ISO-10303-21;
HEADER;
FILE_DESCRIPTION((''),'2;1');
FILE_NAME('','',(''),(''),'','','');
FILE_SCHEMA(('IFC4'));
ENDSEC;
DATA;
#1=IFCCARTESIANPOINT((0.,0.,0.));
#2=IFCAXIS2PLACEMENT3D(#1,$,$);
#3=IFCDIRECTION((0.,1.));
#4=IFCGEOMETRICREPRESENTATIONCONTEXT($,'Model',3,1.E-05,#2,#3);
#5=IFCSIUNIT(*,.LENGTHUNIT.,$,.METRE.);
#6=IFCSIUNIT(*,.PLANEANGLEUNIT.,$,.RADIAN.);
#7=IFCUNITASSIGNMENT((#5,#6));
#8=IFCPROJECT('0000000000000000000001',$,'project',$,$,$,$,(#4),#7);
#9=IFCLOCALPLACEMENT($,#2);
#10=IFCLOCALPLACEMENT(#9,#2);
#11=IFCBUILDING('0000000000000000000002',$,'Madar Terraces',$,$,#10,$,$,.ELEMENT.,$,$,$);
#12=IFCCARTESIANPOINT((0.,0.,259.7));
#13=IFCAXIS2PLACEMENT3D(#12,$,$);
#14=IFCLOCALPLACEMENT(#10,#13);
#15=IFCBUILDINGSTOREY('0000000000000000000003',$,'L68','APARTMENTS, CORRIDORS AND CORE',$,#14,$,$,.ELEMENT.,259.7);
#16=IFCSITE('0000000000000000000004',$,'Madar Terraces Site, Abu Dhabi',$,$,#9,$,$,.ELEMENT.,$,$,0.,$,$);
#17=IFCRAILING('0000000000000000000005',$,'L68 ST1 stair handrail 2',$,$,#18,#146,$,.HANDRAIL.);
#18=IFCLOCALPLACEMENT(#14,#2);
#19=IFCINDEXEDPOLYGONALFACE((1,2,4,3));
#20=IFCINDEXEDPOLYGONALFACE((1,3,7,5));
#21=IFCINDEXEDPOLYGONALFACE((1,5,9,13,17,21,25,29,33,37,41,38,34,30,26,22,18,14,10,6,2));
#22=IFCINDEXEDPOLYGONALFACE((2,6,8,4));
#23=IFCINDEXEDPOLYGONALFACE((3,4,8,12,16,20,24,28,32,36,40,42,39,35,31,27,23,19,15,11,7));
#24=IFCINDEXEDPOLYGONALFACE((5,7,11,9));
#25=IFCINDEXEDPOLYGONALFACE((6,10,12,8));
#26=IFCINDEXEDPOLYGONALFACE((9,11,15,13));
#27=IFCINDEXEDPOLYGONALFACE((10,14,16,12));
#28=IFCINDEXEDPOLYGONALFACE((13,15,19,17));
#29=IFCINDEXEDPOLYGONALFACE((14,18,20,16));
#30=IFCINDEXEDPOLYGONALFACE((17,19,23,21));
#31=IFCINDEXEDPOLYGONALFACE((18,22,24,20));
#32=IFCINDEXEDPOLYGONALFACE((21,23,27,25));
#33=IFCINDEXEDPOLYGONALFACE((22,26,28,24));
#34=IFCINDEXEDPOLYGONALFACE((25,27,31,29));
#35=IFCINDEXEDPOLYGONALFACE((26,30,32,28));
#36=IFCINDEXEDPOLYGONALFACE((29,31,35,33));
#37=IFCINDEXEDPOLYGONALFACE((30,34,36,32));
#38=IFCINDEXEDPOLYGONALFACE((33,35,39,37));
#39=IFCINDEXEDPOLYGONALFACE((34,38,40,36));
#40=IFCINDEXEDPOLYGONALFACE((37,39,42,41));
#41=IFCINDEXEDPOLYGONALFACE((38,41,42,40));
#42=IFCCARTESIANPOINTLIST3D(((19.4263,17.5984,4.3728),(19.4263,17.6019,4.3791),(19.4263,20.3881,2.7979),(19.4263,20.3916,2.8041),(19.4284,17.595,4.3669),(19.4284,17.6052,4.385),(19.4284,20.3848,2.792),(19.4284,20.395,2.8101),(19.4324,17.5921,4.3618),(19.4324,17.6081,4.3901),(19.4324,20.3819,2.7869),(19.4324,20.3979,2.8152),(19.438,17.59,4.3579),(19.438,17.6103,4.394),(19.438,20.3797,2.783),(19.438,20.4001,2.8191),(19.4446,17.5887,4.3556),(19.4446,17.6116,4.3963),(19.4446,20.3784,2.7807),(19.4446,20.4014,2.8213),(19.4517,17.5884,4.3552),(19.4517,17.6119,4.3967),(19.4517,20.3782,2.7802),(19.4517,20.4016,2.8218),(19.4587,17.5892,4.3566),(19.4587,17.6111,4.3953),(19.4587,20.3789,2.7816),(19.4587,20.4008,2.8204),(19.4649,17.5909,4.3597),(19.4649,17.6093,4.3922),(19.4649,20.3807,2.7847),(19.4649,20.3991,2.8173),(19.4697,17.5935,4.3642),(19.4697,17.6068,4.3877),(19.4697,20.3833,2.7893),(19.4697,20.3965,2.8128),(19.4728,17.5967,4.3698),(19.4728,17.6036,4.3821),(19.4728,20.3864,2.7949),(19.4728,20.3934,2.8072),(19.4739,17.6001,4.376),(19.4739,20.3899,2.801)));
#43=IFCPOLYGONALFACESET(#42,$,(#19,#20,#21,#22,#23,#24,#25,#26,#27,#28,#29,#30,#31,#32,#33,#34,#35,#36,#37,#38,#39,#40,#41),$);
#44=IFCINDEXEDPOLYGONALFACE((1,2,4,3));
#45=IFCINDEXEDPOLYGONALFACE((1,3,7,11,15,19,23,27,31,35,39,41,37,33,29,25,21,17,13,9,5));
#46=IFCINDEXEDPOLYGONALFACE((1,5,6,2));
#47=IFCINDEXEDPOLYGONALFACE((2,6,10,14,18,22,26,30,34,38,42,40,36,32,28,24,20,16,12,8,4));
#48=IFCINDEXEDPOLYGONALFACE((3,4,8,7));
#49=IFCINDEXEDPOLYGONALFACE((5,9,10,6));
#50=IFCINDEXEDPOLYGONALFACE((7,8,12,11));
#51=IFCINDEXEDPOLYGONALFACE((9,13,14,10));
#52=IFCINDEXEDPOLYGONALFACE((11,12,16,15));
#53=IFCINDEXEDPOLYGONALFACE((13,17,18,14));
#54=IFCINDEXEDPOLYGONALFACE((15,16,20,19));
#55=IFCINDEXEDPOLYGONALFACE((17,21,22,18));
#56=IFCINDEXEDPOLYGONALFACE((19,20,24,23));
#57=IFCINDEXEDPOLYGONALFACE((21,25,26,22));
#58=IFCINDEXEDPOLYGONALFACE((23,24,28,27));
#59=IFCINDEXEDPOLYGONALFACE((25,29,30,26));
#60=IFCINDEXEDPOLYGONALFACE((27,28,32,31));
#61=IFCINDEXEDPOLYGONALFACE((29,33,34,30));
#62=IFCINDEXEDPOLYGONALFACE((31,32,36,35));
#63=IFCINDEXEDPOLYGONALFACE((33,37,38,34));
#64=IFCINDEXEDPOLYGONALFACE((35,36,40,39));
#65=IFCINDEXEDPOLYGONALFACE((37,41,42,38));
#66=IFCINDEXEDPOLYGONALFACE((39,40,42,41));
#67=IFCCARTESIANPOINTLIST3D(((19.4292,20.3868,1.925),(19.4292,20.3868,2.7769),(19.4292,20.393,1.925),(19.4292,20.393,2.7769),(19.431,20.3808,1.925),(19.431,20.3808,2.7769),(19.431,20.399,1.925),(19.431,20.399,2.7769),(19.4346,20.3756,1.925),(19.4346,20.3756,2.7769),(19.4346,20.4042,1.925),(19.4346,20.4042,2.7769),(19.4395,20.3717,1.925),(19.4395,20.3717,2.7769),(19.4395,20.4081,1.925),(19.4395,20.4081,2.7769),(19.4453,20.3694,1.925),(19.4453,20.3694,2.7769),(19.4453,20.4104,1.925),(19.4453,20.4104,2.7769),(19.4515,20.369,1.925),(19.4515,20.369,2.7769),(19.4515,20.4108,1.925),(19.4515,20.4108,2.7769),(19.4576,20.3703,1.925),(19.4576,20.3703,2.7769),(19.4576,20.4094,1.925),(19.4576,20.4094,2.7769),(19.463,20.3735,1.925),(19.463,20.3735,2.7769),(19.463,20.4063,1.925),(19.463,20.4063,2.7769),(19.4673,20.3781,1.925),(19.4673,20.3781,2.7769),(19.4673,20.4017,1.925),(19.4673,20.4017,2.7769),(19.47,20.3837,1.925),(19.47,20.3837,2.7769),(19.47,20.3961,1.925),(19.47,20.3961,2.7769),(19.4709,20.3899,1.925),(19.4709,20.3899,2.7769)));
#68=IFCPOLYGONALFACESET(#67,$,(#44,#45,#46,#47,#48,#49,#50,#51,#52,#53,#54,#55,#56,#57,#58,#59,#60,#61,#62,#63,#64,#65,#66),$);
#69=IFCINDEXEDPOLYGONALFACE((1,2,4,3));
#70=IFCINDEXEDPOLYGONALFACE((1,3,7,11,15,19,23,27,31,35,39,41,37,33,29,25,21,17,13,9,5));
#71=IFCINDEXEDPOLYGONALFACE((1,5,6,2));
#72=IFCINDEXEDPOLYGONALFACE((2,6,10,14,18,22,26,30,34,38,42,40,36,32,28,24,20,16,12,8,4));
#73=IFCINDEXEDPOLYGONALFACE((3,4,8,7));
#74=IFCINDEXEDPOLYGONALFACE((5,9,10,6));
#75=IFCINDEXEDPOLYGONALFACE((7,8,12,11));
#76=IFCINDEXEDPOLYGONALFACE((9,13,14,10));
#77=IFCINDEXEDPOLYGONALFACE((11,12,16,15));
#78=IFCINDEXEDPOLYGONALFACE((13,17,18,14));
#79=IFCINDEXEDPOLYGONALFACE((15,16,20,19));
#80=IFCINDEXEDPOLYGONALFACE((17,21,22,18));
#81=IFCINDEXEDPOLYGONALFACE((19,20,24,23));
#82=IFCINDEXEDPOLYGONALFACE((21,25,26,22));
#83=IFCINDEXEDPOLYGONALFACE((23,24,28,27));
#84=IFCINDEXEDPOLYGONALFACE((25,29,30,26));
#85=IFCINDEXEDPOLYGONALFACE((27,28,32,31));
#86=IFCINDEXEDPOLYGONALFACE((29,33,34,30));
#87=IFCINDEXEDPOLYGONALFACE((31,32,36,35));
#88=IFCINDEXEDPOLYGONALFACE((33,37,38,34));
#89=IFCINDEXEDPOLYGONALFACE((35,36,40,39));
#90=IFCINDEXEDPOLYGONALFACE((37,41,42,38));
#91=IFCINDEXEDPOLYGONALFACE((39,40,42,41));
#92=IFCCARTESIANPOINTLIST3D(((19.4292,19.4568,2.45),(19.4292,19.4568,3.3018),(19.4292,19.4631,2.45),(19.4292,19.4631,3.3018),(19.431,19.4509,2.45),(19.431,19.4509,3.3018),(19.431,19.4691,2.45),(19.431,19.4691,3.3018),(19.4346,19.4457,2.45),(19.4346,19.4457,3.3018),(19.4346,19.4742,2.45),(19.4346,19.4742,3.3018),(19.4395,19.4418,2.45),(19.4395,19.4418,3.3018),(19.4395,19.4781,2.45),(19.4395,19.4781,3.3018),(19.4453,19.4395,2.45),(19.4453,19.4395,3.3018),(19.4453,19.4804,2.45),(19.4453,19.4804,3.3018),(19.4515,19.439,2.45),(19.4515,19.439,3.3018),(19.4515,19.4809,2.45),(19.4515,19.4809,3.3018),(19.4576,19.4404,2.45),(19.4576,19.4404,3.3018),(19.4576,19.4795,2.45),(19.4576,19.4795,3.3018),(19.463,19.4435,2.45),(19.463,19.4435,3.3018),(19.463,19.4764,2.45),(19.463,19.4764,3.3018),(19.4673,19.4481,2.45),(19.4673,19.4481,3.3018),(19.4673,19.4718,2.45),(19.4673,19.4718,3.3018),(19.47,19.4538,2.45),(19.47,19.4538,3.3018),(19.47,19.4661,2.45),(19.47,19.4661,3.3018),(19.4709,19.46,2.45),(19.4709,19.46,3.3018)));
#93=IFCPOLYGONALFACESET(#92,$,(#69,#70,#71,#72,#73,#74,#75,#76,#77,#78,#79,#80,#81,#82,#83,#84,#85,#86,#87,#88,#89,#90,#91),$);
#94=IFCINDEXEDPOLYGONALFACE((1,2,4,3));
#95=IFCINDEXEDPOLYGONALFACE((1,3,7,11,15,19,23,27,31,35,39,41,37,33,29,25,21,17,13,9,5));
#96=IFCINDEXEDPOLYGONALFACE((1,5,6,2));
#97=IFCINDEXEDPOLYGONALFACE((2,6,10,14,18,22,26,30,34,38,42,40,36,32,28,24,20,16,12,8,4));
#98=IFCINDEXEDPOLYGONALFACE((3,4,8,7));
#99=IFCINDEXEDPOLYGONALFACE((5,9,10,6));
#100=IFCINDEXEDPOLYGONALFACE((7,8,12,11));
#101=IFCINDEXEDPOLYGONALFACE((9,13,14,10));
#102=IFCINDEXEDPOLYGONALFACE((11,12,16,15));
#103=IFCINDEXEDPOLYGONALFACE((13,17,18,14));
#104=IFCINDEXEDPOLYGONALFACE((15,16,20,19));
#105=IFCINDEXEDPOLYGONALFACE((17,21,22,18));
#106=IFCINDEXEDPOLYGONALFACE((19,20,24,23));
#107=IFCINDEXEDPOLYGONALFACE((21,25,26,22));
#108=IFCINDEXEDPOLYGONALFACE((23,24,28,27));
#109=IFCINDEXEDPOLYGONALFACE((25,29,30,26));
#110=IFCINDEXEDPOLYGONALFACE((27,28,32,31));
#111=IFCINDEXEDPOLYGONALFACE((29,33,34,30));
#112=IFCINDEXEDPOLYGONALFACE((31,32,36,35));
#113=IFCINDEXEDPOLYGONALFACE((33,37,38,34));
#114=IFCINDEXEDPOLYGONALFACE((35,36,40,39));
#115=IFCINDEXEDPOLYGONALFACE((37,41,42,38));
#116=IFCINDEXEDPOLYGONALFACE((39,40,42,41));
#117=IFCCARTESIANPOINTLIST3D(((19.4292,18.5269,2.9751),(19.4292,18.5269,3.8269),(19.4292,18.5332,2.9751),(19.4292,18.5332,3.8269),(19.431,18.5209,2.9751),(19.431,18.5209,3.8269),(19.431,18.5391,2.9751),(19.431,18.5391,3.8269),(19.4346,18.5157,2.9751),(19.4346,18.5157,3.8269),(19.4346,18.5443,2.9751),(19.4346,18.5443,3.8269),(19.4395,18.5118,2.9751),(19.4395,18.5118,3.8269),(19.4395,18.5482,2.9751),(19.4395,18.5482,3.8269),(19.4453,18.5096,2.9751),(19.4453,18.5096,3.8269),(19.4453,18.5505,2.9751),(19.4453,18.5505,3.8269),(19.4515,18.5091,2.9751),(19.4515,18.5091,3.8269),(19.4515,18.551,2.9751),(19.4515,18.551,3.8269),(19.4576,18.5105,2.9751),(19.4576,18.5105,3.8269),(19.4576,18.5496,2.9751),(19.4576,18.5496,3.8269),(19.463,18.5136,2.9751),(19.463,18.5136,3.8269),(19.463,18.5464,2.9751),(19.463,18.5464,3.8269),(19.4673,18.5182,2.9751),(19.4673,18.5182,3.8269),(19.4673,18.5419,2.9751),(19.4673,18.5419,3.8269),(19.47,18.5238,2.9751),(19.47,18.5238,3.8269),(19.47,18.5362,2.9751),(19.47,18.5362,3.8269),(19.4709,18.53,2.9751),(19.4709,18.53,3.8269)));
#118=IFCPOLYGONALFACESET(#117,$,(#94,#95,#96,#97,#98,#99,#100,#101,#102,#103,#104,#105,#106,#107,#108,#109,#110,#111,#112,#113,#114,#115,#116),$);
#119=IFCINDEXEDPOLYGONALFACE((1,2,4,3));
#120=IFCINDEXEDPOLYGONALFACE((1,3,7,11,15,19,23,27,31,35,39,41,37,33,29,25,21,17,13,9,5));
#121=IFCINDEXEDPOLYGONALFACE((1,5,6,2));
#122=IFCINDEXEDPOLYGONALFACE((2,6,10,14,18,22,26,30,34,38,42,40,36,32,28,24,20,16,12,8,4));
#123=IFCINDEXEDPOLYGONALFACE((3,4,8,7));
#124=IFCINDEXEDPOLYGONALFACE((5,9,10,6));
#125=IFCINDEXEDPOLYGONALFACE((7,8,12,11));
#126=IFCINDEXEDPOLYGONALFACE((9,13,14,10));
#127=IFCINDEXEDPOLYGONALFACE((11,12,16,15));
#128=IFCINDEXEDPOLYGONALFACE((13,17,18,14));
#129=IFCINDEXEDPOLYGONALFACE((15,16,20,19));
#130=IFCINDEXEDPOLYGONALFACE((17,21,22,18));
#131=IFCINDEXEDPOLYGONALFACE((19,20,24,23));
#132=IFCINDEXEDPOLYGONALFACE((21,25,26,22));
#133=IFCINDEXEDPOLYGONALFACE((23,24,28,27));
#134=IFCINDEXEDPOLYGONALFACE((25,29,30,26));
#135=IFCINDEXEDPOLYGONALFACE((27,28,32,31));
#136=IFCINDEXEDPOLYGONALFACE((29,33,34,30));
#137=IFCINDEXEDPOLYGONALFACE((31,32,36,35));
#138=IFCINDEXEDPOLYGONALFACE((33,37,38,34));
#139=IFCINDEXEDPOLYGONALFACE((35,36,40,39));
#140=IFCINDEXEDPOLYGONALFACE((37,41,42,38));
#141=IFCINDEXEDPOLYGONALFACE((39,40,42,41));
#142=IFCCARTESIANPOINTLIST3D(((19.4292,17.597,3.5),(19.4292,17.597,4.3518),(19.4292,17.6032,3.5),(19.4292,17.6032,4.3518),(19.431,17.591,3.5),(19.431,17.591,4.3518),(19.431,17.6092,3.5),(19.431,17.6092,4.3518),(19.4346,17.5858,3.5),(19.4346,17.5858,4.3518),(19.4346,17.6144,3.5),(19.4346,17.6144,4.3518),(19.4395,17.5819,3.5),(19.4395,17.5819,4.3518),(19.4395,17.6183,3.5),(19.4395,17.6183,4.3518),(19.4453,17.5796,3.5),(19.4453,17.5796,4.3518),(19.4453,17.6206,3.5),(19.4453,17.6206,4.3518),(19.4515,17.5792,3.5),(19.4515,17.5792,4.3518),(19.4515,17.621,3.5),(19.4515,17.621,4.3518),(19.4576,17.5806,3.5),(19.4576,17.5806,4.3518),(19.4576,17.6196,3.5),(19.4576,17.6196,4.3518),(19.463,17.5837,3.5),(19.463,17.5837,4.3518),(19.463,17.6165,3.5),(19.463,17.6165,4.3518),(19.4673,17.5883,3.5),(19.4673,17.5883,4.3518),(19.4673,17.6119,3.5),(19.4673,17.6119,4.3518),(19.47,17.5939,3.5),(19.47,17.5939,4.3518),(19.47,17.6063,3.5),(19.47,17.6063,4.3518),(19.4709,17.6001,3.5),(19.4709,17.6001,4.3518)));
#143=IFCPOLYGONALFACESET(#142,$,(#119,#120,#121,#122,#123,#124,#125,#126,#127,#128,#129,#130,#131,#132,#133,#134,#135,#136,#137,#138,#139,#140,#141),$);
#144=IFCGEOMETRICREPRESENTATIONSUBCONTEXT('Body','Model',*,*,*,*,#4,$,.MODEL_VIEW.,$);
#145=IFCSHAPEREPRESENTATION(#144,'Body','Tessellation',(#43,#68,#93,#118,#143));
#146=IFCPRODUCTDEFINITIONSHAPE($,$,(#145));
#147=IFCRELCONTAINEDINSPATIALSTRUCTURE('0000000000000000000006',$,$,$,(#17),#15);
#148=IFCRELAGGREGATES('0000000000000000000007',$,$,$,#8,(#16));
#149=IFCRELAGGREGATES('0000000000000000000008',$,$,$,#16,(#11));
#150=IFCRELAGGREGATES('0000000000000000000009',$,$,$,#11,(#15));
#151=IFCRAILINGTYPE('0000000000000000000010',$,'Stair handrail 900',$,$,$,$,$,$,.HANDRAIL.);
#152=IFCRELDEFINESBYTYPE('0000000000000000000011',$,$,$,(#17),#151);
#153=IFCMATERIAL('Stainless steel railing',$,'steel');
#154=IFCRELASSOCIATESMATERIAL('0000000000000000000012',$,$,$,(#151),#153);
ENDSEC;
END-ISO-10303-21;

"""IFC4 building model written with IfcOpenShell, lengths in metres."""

from ifc_helpers import new_model, si_unit, direction, frame, origin, origin_2d, place, context, subcontext, project, spatial, circle, extrude, material, type_object, element, save


model = new_model("IFC4")

# Units and contexts
model_context = context("Model", 3, precision=1e-05, world=origin(), true_north=direction((0.0, 1.0)))
body_context = subcontext(model_context, "Body", "Model", "MODEL_VIEW")
ifc_project = project(units=[si_unit("LENGTHUNIT", "METRE"), si_unit("PLANEANGLEUNIT", "RADIAN")], contexts=[model_context])

# Site, building, storey
site_placement = place(None, origin())
site = spatial("IfcSite", under=ifc_project, at=site_placement, Name="Madar Terraces Site, Abu Dhabi", CompositionType="ELEMENT", RefElevation=0.0)
building_placement = place(site_placement, origin())
building = spatial("IfcBuilding", under=site, at=building_placement, Name="Madar Terraces", CompositionType="ELEMENT")
storey_placement = place(building_placement, frame((0.0, 0.0, 259.7)))
storey = spatial("IfcBuildingStorey", under=building, at=storey_placement, Name="L68", Description="APARTMENTS, CORRIDORS AND CORE", CompositionType="ELEMENT", Elevation=259.7)

# Railing
ifc_material_1 = material(Name="Stainless steel railing", Category="steel")
railing_type_1 = type_object("IfcRailingType", Name="Stair handrail 900", PredefinedType="HANDRAIL", material=ifc_material_1)
railing_1_placement = place(storey_placement, frame((19.45, 20.3899, 1.925)))
element("IfcRailing", 1, at=railing_1_placement, inside=storey, type_object=railing_type_1, Name="L68 ST1 stair handrail 2", PredefinedType="HANDRAIL", context=body_context, shape_type="SweptSolid", body=[
    extrude(circle(Radius=0.0239, at=origin_2d()), frame((0.0, 0.0, 0.876), z_axis=(0.0, -0.870815, 0.49161), x_axis=(1.0, 0.0, 0.0)), (0.0, 0.0, 1.0), 3.2036),
    extrude(circle(Radius=0.021, at=origin_2d()), origin(), (0.0, 0.0, 1.0), 0.8518),
    extrude(circle(Radius=0.021, at=origin_2d()), frame((0.0, -0.9299, 0.5249)), (0.0, 0.0, 1.0), 0.8518),
    extrude(circle(Radius=0.021, at=origin_2d()), frame((0.0, -1.8599, 1.05)), (0.0, 0.0, 1.0), 0.8518),
    extrude(circle(Radius=0.021, at=origin_2d()), frame((0.0, -2.7898, 1.575)), (0.0, 0.0, 1.0), 0.8518),
])

save(model, "model.ifc")
